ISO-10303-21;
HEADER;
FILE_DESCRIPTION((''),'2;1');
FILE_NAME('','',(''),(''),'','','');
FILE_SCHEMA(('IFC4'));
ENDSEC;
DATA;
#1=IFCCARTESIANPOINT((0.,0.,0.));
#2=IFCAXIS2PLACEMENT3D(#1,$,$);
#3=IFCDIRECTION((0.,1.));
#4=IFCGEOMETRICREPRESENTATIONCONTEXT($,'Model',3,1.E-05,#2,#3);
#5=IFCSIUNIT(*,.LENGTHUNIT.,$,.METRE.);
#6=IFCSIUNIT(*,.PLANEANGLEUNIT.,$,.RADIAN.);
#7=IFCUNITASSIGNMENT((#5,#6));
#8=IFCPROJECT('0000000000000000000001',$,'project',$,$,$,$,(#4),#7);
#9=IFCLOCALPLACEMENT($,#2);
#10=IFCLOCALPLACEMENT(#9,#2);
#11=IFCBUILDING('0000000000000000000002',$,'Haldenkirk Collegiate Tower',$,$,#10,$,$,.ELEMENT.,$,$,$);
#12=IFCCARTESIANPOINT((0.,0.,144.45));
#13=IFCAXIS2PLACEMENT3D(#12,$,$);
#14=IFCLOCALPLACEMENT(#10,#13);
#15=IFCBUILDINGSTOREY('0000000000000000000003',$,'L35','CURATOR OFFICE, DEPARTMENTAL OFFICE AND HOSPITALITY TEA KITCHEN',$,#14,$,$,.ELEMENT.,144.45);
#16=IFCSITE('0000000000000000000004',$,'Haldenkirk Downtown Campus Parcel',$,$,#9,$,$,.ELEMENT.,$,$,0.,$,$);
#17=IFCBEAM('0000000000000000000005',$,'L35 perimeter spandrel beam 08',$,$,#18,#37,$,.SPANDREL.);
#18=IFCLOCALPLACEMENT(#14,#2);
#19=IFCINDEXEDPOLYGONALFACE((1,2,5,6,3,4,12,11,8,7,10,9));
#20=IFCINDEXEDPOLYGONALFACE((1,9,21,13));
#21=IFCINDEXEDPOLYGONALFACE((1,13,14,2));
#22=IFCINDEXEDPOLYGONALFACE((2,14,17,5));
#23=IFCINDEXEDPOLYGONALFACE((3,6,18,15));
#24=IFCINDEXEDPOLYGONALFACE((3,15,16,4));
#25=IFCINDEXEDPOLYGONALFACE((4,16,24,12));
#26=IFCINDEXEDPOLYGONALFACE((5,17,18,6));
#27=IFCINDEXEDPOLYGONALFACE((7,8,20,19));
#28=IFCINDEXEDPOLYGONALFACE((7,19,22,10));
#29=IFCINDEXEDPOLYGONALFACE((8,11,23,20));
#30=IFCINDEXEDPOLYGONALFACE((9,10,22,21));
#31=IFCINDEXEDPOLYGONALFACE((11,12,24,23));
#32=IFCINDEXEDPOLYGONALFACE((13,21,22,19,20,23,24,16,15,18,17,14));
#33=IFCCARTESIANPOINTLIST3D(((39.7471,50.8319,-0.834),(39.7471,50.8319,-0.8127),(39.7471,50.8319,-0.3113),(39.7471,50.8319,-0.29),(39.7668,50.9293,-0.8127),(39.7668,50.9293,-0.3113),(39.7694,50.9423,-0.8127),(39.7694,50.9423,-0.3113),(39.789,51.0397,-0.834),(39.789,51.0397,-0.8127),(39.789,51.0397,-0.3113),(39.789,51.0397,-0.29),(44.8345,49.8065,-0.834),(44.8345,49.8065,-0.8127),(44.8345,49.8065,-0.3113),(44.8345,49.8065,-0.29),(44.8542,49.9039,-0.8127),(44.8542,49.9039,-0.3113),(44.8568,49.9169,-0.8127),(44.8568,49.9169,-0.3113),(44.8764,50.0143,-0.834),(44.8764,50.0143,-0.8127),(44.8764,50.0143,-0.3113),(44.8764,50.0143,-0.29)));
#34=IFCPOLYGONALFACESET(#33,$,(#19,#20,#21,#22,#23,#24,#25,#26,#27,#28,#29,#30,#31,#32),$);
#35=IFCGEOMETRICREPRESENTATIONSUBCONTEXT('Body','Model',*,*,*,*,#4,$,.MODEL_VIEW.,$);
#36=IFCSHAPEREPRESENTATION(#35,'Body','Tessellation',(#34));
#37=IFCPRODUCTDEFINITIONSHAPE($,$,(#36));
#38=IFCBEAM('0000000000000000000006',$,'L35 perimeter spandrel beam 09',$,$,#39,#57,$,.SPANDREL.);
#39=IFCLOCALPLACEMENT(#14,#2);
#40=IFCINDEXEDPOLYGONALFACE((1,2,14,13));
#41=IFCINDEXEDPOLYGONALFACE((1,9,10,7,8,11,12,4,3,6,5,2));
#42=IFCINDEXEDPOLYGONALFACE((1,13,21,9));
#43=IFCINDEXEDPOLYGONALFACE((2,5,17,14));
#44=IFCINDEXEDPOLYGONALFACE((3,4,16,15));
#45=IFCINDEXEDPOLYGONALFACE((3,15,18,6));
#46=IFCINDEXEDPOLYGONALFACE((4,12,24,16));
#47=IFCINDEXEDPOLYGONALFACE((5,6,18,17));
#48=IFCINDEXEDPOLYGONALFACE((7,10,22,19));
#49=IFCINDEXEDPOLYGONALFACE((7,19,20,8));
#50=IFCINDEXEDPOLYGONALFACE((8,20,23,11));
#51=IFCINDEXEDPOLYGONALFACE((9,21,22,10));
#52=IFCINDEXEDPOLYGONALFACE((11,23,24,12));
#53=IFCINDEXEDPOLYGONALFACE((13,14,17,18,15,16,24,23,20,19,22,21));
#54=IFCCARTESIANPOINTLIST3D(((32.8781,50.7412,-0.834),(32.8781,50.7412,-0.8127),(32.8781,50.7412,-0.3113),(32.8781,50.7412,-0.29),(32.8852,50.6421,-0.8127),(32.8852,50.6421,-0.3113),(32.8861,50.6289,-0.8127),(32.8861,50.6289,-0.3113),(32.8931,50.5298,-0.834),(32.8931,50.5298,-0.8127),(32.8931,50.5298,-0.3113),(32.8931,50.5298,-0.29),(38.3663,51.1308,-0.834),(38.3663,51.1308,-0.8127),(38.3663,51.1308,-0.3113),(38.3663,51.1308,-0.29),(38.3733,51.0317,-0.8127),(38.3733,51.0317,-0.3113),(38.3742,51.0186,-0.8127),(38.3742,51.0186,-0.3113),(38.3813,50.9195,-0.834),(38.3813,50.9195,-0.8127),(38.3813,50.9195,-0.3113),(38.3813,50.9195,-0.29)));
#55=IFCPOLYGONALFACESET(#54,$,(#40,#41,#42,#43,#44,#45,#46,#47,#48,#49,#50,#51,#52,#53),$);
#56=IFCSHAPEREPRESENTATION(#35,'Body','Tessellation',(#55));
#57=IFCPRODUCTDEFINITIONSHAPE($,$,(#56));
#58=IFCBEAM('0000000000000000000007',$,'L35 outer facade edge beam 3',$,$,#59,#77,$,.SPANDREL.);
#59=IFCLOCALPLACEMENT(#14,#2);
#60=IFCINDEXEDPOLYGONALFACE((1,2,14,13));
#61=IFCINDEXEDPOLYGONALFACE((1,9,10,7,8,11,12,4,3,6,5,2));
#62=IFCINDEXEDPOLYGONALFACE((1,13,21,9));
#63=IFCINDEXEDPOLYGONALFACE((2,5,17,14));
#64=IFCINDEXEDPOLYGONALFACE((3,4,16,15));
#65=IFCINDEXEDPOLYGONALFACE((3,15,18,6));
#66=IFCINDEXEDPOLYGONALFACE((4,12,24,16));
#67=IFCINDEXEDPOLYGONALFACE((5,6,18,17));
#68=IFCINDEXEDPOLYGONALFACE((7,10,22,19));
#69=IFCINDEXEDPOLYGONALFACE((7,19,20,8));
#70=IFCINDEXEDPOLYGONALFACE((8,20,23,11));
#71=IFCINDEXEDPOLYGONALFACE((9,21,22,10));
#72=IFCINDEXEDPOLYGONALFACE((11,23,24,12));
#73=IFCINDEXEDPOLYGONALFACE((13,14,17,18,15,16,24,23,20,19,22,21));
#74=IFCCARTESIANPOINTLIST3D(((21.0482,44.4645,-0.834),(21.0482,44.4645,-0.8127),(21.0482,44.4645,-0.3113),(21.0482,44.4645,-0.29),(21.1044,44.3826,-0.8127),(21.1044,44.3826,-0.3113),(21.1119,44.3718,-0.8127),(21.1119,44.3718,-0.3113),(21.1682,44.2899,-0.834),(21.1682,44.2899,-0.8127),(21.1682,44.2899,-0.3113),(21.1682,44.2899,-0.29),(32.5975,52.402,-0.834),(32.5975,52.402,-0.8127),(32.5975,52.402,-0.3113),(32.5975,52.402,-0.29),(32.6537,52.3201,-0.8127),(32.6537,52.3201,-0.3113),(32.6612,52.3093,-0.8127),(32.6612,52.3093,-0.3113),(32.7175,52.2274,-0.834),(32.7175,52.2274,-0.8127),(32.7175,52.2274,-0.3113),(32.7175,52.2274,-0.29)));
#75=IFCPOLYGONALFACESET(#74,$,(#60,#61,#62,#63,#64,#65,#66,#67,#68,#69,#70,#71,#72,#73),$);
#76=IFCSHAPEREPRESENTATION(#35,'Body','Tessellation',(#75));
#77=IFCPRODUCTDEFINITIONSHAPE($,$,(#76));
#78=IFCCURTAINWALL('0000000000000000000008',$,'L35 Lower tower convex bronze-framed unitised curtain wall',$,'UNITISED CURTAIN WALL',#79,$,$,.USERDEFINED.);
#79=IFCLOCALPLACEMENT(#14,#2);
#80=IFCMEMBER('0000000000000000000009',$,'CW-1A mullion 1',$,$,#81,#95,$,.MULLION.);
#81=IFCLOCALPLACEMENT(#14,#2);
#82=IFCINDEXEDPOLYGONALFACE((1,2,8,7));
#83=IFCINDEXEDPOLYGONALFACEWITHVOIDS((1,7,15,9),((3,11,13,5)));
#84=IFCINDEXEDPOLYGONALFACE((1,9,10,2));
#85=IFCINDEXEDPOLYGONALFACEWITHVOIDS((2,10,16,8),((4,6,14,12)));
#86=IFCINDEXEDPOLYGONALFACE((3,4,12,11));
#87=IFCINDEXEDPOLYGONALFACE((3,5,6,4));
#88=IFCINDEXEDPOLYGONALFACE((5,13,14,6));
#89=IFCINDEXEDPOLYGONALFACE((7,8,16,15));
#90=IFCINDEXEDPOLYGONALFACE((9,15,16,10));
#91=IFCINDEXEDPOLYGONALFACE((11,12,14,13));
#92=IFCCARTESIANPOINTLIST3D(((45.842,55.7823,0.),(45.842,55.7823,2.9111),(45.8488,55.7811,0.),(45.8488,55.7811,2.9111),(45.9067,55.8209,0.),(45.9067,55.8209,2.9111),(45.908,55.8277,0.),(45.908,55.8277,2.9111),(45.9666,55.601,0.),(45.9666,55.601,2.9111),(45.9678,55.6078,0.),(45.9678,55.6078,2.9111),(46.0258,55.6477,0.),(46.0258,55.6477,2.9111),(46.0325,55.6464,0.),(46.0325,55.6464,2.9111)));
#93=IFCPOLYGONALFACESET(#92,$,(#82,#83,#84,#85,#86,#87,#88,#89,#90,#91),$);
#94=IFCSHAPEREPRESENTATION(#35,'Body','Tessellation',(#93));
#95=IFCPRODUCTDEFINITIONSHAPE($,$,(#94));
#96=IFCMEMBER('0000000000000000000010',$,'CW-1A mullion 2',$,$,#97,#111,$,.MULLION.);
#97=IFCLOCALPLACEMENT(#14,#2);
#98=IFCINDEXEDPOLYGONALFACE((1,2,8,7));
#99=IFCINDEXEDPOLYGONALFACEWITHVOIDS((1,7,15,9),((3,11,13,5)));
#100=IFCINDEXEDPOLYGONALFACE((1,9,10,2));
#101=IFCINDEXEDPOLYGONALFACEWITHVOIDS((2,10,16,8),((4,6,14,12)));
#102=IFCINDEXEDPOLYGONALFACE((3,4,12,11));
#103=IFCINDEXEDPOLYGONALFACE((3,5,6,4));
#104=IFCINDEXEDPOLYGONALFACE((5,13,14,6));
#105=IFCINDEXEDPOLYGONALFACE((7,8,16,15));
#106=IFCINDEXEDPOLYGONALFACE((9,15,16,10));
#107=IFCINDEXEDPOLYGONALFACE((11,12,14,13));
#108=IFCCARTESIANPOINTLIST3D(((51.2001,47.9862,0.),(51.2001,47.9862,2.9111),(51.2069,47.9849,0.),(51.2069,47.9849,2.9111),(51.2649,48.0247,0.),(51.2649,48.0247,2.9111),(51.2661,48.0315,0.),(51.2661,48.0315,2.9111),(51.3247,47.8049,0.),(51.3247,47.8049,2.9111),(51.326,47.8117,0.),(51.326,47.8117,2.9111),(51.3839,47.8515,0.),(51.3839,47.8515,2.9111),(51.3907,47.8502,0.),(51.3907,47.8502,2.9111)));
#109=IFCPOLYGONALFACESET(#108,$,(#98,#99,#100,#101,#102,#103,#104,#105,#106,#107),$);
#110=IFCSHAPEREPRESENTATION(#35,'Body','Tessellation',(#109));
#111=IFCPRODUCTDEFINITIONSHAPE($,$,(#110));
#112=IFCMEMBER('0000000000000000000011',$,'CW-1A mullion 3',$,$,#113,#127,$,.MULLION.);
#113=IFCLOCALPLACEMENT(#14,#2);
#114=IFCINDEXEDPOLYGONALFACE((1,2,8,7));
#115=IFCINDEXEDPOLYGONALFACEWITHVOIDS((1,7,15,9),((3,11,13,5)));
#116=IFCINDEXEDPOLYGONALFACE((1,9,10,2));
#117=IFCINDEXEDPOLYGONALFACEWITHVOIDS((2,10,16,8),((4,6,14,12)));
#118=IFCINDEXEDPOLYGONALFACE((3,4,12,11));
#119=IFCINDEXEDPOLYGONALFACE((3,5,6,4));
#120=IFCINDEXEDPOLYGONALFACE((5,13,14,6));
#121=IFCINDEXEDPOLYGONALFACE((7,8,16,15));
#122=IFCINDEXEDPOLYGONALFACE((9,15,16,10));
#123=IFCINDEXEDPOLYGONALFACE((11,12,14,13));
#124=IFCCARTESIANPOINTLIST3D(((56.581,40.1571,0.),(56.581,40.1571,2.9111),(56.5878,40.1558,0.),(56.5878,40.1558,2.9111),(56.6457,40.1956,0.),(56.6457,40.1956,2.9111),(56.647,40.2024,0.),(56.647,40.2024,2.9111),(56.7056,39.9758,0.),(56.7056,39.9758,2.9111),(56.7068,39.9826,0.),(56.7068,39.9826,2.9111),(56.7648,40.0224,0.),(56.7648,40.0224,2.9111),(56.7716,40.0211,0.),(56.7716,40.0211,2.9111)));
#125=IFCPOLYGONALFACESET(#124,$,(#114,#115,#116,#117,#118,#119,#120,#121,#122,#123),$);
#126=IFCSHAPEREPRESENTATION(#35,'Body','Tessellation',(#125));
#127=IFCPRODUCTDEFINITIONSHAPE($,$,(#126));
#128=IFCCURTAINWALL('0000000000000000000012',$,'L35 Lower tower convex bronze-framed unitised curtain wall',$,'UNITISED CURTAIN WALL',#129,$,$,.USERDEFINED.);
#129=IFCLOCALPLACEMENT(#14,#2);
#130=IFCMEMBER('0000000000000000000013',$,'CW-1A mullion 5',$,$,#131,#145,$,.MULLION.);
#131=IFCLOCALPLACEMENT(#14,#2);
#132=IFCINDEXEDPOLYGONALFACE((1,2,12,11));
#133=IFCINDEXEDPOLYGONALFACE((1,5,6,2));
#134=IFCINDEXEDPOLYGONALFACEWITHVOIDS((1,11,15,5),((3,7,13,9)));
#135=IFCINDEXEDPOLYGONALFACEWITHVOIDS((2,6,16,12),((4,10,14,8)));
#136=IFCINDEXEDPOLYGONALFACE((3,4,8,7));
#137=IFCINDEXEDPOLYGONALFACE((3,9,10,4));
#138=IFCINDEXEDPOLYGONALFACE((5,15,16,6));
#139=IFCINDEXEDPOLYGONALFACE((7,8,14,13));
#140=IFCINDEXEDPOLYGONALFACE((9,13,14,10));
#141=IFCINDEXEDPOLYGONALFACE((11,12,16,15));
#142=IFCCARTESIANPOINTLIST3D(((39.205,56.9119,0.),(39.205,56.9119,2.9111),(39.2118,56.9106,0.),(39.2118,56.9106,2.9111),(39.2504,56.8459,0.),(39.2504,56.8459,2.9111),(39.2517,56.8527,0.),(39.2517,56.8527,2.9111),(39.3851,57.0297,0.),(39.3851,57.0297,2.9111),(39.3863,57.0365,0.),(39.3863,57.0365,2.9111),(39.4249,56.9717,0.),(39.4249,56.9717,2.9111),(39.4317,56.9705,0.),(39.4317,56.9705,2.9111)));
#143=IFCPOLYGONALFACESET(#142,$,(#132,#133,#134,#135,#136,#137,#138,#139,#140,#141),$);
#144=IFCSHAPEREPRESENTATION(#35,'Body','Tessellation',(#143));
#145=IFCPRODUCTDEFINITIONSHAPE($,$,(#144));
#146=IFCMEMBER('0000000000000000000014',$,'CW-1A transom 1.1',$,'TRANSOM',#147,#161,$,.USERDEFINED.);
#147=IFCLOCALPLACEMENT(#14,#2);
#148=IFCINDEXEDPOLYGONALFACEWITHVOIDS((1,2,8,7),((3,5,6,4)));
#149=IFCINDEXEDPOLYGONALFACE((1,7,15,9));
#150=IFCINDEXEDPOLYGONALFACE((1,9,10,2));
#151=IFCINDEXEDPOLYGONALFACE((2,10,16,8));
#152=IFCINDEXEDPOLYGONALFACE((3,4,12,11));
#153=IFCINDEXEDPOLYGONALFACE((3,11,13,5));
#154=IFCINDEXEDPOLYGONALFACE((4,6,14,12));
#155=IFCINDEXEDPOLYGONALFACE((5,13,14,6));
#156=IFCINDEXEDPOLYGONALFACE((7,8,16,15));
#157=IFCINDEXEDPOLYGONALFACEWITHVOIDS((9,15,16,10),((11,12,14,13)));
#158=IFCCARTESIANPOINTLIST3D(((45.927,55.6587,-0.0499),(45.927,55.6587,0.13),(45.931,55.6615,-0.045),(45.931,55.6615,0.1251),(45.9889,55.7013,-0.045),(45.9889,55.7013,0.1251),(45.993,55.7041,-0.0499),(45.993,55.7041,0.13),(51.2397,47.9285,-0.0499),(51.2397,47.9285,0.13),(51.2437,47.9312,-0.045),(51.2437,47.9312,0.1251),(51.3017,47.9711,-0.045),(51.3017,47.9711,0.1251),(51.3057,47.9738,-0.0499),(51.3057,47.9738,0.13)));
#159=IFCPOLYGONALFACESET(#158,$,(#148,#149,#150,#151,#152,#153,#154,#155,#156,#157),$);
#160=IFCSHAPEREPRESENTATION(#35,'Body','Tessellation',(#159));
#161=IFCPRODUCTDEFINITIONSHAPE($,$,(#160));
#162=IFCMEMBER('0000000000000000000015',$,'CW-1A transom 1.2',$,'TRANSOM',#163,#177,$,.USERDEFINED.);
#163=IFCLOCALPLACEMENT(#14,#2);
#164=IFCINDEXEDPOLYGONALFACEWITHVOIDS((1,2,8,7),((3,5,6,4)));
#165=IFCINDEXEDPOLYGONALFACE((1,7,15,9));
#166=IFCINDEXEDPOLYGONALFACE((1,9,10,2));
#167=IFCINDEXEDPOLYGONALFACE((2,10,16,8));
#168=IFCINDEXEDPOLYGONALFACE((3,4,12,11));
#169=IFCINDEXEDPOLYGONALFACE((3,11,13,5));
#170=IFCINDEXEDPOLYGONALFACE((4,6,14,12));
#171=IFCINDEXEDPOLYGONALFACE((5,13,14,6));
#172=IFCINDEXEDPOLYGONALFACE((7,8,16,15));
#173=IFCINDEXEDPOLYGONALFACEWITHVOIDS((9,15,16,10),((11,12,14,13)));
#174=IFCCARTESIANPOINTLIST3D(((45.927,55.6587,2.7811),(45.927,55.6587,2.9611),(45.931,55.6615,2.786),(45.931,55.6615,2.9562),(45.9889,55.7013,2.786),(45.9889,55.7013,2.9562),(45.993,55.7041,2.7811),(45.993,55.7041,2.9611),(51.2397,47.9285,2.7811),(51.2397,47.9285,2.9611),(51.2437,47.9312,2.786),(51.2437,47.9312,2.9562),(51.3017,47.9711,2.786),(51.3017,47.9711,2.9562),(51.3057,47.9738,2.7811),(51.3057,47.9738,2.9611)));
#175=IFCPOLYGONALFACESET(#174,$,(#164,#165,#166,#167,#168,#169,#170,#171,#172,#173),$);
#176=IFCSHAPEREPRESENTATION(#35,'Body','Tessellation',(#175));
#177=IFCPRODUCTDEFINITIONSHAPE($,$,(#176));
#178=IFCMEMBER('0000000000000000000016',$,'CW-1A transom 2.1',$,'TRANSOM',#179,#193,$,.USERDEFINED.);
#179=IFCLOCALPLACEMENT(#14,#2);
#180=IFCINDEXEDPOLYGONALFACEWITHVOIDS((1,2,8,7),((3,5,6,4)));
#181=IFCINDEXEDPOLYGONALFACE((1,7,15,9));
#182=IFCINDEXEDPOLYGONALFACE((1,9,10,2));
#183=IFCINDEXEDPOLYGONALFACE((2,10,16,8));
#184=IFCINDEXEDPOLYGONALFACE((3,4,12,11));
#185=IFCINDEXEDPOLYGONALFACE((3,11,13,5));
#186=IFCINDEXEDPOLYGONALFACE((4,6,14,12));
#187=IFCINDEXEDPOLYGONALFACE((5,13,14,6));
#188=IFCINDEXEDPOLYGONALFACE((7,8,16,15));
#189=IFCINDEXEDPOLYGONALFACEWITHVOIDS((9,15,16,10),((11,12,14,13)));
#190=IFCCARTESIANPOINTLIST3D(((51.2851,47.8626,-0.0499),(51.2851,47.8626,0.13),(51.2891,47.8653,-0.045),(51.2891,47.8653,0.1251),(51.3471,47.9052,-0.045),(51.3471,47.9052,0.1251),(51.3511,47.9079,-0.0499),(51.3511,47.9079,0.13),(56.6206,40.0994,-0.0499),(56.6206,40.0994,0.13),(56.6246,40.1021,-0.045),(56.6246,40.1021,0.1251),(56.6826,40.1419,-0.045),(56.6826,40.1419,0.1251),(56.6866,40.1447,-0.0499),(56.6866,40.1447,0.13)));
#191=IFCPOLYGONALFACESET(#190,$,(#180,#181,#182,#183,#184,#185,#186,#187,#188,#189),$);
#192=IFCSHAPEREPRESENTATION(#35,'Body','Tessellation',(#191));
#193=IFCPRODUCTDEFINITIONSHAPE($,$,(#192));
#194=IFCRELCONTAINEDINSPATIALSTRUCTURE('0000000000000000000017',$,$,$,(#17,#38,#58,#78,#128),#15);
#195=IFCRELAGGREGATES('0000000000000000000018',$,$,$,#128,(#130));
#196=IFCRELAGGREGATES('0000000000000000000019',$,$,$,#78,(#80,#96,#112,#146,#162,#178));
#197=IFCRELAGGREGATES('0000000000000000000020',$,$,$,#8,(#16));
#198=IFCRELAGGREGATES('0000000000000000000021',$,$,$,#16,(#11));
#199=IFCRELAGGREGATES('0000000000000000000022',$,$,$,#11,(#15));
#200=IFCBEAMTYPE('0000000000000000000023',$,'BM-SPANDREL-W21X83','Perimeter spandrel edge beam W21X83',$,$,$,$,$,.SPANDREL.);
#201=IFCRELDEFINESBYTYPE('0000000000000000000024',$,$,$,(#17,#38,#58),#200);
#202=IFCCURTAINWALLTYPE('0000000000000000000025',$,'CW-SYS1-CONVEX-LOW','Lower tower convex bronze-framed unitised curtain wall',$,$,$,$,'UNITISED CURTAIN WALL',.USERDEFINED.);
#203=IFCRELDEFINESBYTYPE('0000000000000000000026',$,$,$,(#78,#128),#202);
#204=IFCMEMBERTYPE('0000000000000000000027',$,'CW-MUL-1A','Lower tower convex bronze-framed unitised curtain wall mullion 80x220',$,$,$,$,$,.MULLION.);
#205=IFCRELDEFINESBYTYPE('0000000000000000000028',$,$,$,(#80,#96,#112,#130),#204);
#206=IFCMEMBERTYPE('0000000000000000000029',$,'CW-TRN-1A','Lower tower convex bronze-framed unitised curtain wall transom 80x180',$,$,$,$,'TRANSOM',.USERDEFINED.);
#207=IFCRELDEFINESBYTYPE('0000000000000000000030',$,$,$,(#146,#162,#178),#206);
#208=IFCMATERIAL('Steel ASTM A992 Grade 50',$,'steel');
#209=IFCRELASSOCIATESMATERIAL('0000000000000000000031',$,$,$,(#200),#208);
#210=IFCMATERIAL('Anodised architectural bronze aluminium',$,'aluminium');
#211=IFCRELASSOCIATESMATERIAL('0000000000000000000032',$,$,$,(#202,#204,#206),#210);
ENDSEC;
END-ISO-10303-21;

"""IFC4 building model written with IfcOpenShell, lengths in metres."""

from ifc_helpers import new_model, si_unit, direction, frame, origin, origin_2d, place, context, subcontext, project, spatial, hollow_rectangle, i_section, extrude, material, material_profile, profile_set, type_object, element, aggregate, save


model = new_model("IFC4")

# Units and contexts
model_context = context("Model", 3, precision=1e-05, world=origin(), true_north=direction((0.0, 1.0)))
body_context = subcontext(model_context, "Body", "Model", "MODEL_VIEW")
ifc_project = project(units=[si_unit("LENGTHUNIT", "METRE"), si_unit("PLANEANGLEUNIT", "RADIAN")], contexts=[model_context])

# Site, building, storey
site_placement = place(None, origin())
site = spatial("IfcSite", under=ifc_project, at=site_placement, Name="Haldenkirk Downtown Campus Parcel", CompositionType="ELEMENT", RefElevation=0.0)
building_placement = place(site_placement, origin())
building = spatial("IfcBuilding", under=site, at=building_placement, Name="Haldenkirk Collegiate Tower", CompositionType="ELEMENT")
storey_placement = place(building_placement, frame((0.0, 0.0, 144.45)))
storey = spatial("IfcBuildingStorey", under=building, at=storey_placement, Name="L35", Description="CURATOR OFFICE, DEPARTMENTAL OFFICE AND HOSPITALITY TEA KITCHEN", CompositionType="ELEMENT", Elevation=144.45)

# Beams
ifc_material_1 = material(Name="Steel ASTM A992 Grade 50", Category="steel")
ifc_material_profile_1 = material_profile(ifc_material_1, i_section(OverallWidth=0.2119, OverallDepth=0.5439, WebThickness=0.0132, FlangeThickness=0.0212, at=origin_2d()), Name="W21X83")
ifc_profile_set_1 = profile_set([ifc_material_profile_1], Name="Steel ASTM A992 Grade 50")
beam_type_1 = type_object("IfcBeamType", Name="BM-SPANDREL-W21X83", Description="Perimeter spandrel edge beam W21X83", PredefinedType="SPANDREL", material=ifc_profile_set_1)
beam_1_placement = place(storey_placement, frame((44.8555, 49.9104, -0.562), z_axis=(-0.980286, 0.197581, 0.0), x_axis=(-0.197581, -0.980286, 0.0)))
element("IfcBeam", 1, at=beam_1_placement, inside=storey, type_object=beam_type_1, Name="L35 perimeter spandrel beam 08", PredefinedType="SPANDREL", context=body_context, shape_type="SweptSolid", body=[
    extrude(i_section(OverallWidth=0.2119, OverallDepth=0.5439, WebThickness=0.0132, FlangeThickness=0.0212, at=origin_2d()), origin(), (0.0, 0.0, 1.0), 5.1897),
])
beam_2_placement = place(storey_placement, frame((38.3738, 51.0251, -0.562), z_axis=(-0.997489, -0.070821, 0.0), x_axis=(0.070821, -0.997489, 0.0)))
element("IfcBeam", 2, at=beam_2_placement, inside=storey, type_object=beam_type_1, Name="L35 perimeter spandrel beam 09", PredefinedType="SPANDREL", context=body_context, shape_type="SweptSolid", body=[
    extrude(i_section(OverallWidth=0.2119, OverallDepth=0.5439, WebThickness=0.0132, FlangeThickness=0.0212, at=origin_2d()), origin(), (0.0, 0.0, 1.0), 5.502),
])
beam_3_placement = place(storey_placement, frame((32.6575, 52.3147, -0.562), z_axis=(-0.82413, -0.5664, 0.0), x_axis=(0.5664, -0.82413, 0.0)))
element("IfcBeam", 3, at=beam_3_placement, inside=storey, type_object=beam_type_1, Name="L35 outer facade edge beam 3", PredefinedType="SPANDREL", context=body_context, shape_type="SweptSolid", body=[
    extrude(i_section(OverallWidth=0.2119, OverallDepth=0.5439, WebThickness=0.0132, FlangeThickness=0.0212, at=origin_2d()), origin(), (0.0, 0.0, 1.0), 14.0139),
])

# Curtain wall, members
ifc_material_2 = material(Name="Anodised architectural bronze aluminium", Category="aluminium")
curtain_wall_type = type_object("IfcCurtainWallType", Name="CW-SYS1-CONVEX-LOW", Description="Lower tower convex bronze-framed unitised curtain wall", ElementType="UNITISED CURTAIN WALL", PredefinedType="USERDEFINED", material=ifc_material_2)
curtain_wall_1_placement = place(storey_placement, origin())
curtain_wall_1 = element("IfcCurtainWall", 4, at=curtain_wall_1_placement, inside=storey, type_object=curtain_wall_type, Name="L35 Lower tower convex bronze-framed unitised curtain wall", ObjectType="UNITISED CURTAIN WALL", PredefinedType="USERDEFINED")
ifc_material_profile_2 = material_profile(ifc_material_2, hollow_rectangle(XDim=0.0801, YDim=0.22, WallThickness=0.0049, at=origin_2d()), Name="CW-MUL-1A")
ifc_profile_set_2 = profile_set([ifc_material_profile_2], Name="Anodised architectural bronze aluminium")
member_type_1 = type_object("IfcMemberType", Name="CW-MUL-1A", Description="Lower tower convex bronze-framed unitised curtain wall mullion 80x220", PredefinedType="MULLION", material=ifc_profile_set_2)
member_1_placement = place(storey_placement, frame((45.9373, 55.7144, 0.0), z_axis=(0.0, 0.0, 1.0), x_axis=(0.824127, 0.566406, 0.0)))
member_1 = element("IfcMember", 5, at=member_1_placement, type_object=member_type_1, Name="CW-1A mullion 1", PredefinedType="MULLION", context=body_context, shape_type="SweptSolid", body=[
    extrude(hollow_rectangle(XDim=0.0801, YDim=0.22, WallThickness=0.0049, at=origin_2d()), origin(), (0.0, 0.0, 1.0), 2.9111),
])
member_2_placement = place(storey_placement, frame((51.2954, 47.9182, 0.0), z_axis=(0.0, 0.0, 1.0), x_axis=(0.824127, 0.566406, 0.0)))
member_2 = element("IfcMember", 6, at=member_2_placement, type_object=member_type_1, Name="CW-1A mullion 2", PredefinedType="MULLION", context=body_context, shape_type="SweptSolid", body=[
    extrude(hollow_rectangle(XDim=0.0801, YDim=0.22, WallThickness=0.0049, at=origin_2d()), origin(), (0.0, 0.0, 1.0), 2.9111),
])
member_3_placement = place(storey_placement, frame((56.6763, 40.0891, 0.0), z_axis=(0.0, 0.0, 1.0), x_axis=(0.824127, 0.566406, 0.0)))
member_3 = element("IfcMember", 7, at=member_3_placement, type_object=member_type_1, Name="CW-1A mullion 3", PredefinedType="MULLION", context=body_context, shape_type="SweptSolid", body=[
    extrude(hollow_rectangle(XDim=0.0801, YDim=0.22, WallThickness=0.0049, at=origin_2d()), origin(), (0.0, 0.0, 1.0), 2.9111),
])

# Curtain wall, member
curtain_wall_2_placement = place(storey_placement, origin())
curtain_wall_2 = element("IfcCurtainWall", 8, at=curtain_wall_2_placement, inside=storey, type_object=curtain_wall_type, Name="L35 Lower tower convex bronze-framed unitised curtain wall", ObjectType="UNITISED CURTAIN WALL", PredefinedType="USERDEFINED")
member_4_placement = place(storey_placement, frame((39.3184, 56.9412, 0.0), z_axis=(0.0, 0.0, 1.0), x_axis=(-0.566405, 0.824127, 0.0)))
member_4 = element("IfcMember", 9, at=member_4_placement, type_object=member_type_1, Name="CW-1A mullion 5", PredefinedType="MULLION", context=body_context, shape_type="SweptSolid", body=[
    extrude(hollow_rectangle(XDim=0.0801, YDim=0.22, WallThickness=0.0049, at=origin_2d()), origin(), (0.0, 0.0, 1.0), 2.9111),
])

# Members
ifc_material_profile_3 = material_profile(ifc_material_2, hollow_rectangle(XDim=0.0801, YDim=0.1799, WallThickness=0.0049, at=origin_2d()), Name="CW-TRN-1A")
ifc_profile_set_3 = profile_set([ifc_material_profile_3], Name="Anodised architectural bronze aluminium")
member_type_2 = type_object("IfcMemberType", Name="CW-TRN-1A", Description="Lower tower convex bronze-framed unitised curtain wall transom 80x180", ElementType="TRANSOM", PredefinedType="USERDEFINED", material=ifc_profile_set_3)
member_5_placement = place(storey_placement, frame((45.96, 55.6814, 0.04), z_axis=(0.5664, -0.824131, 0.0), x_axis=(0.824131, 0.5664, 0.0)))
member_5 = element("IfcMember", 10, at=member_5_placement, type_object=member_type_2, Name="CW-1A transom 1.1", ObjectType="TRANSOM", PredefinedType="USERDEFINED", context=body_context, shape_type="SweptSolid", body=[
    extrude(hollow_rectangle(XDim=0.0801, YDim=0.1799, WallThickness=0.0049, at=origin_2d()), origin(), (0.0, 0.0, 1.0), 9.3799),
])
member_6_placement = place(storey_placement, frame((45.96, 55.6814, 2.8711), z_axis=(0.5664, -0.824131, 0.0), x_axis=(0.824131, 0.5664, 0.0)))
member_6 = element("IfcMember", 11, at=member_6_placement, type_object=member_type_2, Name="CW-1A transom 1.2", ObjectType="TRANSOM", PredefinedType="USERDEFINED", context=body_context, shape_type="SweptSolid", body=[
    extrude(hollow_rectangle(XDim=0.0801, YDim=0.1799, WallThickness=0.0049, at=origin_2d()), origin(), (0.0, 0.0, 1.0), 9.3799),
])
member_7_placement = place(storey_placement, frame((51.3181, 47.8853, 0.04), z_axis=(0.566403, -0.824128, 0.0), x_axis=(0.824128, 0.566403, 0.0)))
member_7 = element("IfcMember", 12, at=member_7_placement, type_object=member_type_2, Name="CW-1A transom 2.1", ObjectType="TRANSOM", PredefinedType="USERDEFINED", context=body_context, shape_type="SweptSolid", body=[
    extrude(hollow_rectangle(XDim=0.0801, YDim=0.1799, WallThickness=0.0049, at=origin_2d()), origin(), (0.0, 0.0, 1.0), 9.4199),
])

aggregate(curtain_wall_2, [member_4])
aggregate(curtain_wall_1, [member_1, member_2, member_3, member_5, member_6, member_7])

save(model, "model.ifc")
